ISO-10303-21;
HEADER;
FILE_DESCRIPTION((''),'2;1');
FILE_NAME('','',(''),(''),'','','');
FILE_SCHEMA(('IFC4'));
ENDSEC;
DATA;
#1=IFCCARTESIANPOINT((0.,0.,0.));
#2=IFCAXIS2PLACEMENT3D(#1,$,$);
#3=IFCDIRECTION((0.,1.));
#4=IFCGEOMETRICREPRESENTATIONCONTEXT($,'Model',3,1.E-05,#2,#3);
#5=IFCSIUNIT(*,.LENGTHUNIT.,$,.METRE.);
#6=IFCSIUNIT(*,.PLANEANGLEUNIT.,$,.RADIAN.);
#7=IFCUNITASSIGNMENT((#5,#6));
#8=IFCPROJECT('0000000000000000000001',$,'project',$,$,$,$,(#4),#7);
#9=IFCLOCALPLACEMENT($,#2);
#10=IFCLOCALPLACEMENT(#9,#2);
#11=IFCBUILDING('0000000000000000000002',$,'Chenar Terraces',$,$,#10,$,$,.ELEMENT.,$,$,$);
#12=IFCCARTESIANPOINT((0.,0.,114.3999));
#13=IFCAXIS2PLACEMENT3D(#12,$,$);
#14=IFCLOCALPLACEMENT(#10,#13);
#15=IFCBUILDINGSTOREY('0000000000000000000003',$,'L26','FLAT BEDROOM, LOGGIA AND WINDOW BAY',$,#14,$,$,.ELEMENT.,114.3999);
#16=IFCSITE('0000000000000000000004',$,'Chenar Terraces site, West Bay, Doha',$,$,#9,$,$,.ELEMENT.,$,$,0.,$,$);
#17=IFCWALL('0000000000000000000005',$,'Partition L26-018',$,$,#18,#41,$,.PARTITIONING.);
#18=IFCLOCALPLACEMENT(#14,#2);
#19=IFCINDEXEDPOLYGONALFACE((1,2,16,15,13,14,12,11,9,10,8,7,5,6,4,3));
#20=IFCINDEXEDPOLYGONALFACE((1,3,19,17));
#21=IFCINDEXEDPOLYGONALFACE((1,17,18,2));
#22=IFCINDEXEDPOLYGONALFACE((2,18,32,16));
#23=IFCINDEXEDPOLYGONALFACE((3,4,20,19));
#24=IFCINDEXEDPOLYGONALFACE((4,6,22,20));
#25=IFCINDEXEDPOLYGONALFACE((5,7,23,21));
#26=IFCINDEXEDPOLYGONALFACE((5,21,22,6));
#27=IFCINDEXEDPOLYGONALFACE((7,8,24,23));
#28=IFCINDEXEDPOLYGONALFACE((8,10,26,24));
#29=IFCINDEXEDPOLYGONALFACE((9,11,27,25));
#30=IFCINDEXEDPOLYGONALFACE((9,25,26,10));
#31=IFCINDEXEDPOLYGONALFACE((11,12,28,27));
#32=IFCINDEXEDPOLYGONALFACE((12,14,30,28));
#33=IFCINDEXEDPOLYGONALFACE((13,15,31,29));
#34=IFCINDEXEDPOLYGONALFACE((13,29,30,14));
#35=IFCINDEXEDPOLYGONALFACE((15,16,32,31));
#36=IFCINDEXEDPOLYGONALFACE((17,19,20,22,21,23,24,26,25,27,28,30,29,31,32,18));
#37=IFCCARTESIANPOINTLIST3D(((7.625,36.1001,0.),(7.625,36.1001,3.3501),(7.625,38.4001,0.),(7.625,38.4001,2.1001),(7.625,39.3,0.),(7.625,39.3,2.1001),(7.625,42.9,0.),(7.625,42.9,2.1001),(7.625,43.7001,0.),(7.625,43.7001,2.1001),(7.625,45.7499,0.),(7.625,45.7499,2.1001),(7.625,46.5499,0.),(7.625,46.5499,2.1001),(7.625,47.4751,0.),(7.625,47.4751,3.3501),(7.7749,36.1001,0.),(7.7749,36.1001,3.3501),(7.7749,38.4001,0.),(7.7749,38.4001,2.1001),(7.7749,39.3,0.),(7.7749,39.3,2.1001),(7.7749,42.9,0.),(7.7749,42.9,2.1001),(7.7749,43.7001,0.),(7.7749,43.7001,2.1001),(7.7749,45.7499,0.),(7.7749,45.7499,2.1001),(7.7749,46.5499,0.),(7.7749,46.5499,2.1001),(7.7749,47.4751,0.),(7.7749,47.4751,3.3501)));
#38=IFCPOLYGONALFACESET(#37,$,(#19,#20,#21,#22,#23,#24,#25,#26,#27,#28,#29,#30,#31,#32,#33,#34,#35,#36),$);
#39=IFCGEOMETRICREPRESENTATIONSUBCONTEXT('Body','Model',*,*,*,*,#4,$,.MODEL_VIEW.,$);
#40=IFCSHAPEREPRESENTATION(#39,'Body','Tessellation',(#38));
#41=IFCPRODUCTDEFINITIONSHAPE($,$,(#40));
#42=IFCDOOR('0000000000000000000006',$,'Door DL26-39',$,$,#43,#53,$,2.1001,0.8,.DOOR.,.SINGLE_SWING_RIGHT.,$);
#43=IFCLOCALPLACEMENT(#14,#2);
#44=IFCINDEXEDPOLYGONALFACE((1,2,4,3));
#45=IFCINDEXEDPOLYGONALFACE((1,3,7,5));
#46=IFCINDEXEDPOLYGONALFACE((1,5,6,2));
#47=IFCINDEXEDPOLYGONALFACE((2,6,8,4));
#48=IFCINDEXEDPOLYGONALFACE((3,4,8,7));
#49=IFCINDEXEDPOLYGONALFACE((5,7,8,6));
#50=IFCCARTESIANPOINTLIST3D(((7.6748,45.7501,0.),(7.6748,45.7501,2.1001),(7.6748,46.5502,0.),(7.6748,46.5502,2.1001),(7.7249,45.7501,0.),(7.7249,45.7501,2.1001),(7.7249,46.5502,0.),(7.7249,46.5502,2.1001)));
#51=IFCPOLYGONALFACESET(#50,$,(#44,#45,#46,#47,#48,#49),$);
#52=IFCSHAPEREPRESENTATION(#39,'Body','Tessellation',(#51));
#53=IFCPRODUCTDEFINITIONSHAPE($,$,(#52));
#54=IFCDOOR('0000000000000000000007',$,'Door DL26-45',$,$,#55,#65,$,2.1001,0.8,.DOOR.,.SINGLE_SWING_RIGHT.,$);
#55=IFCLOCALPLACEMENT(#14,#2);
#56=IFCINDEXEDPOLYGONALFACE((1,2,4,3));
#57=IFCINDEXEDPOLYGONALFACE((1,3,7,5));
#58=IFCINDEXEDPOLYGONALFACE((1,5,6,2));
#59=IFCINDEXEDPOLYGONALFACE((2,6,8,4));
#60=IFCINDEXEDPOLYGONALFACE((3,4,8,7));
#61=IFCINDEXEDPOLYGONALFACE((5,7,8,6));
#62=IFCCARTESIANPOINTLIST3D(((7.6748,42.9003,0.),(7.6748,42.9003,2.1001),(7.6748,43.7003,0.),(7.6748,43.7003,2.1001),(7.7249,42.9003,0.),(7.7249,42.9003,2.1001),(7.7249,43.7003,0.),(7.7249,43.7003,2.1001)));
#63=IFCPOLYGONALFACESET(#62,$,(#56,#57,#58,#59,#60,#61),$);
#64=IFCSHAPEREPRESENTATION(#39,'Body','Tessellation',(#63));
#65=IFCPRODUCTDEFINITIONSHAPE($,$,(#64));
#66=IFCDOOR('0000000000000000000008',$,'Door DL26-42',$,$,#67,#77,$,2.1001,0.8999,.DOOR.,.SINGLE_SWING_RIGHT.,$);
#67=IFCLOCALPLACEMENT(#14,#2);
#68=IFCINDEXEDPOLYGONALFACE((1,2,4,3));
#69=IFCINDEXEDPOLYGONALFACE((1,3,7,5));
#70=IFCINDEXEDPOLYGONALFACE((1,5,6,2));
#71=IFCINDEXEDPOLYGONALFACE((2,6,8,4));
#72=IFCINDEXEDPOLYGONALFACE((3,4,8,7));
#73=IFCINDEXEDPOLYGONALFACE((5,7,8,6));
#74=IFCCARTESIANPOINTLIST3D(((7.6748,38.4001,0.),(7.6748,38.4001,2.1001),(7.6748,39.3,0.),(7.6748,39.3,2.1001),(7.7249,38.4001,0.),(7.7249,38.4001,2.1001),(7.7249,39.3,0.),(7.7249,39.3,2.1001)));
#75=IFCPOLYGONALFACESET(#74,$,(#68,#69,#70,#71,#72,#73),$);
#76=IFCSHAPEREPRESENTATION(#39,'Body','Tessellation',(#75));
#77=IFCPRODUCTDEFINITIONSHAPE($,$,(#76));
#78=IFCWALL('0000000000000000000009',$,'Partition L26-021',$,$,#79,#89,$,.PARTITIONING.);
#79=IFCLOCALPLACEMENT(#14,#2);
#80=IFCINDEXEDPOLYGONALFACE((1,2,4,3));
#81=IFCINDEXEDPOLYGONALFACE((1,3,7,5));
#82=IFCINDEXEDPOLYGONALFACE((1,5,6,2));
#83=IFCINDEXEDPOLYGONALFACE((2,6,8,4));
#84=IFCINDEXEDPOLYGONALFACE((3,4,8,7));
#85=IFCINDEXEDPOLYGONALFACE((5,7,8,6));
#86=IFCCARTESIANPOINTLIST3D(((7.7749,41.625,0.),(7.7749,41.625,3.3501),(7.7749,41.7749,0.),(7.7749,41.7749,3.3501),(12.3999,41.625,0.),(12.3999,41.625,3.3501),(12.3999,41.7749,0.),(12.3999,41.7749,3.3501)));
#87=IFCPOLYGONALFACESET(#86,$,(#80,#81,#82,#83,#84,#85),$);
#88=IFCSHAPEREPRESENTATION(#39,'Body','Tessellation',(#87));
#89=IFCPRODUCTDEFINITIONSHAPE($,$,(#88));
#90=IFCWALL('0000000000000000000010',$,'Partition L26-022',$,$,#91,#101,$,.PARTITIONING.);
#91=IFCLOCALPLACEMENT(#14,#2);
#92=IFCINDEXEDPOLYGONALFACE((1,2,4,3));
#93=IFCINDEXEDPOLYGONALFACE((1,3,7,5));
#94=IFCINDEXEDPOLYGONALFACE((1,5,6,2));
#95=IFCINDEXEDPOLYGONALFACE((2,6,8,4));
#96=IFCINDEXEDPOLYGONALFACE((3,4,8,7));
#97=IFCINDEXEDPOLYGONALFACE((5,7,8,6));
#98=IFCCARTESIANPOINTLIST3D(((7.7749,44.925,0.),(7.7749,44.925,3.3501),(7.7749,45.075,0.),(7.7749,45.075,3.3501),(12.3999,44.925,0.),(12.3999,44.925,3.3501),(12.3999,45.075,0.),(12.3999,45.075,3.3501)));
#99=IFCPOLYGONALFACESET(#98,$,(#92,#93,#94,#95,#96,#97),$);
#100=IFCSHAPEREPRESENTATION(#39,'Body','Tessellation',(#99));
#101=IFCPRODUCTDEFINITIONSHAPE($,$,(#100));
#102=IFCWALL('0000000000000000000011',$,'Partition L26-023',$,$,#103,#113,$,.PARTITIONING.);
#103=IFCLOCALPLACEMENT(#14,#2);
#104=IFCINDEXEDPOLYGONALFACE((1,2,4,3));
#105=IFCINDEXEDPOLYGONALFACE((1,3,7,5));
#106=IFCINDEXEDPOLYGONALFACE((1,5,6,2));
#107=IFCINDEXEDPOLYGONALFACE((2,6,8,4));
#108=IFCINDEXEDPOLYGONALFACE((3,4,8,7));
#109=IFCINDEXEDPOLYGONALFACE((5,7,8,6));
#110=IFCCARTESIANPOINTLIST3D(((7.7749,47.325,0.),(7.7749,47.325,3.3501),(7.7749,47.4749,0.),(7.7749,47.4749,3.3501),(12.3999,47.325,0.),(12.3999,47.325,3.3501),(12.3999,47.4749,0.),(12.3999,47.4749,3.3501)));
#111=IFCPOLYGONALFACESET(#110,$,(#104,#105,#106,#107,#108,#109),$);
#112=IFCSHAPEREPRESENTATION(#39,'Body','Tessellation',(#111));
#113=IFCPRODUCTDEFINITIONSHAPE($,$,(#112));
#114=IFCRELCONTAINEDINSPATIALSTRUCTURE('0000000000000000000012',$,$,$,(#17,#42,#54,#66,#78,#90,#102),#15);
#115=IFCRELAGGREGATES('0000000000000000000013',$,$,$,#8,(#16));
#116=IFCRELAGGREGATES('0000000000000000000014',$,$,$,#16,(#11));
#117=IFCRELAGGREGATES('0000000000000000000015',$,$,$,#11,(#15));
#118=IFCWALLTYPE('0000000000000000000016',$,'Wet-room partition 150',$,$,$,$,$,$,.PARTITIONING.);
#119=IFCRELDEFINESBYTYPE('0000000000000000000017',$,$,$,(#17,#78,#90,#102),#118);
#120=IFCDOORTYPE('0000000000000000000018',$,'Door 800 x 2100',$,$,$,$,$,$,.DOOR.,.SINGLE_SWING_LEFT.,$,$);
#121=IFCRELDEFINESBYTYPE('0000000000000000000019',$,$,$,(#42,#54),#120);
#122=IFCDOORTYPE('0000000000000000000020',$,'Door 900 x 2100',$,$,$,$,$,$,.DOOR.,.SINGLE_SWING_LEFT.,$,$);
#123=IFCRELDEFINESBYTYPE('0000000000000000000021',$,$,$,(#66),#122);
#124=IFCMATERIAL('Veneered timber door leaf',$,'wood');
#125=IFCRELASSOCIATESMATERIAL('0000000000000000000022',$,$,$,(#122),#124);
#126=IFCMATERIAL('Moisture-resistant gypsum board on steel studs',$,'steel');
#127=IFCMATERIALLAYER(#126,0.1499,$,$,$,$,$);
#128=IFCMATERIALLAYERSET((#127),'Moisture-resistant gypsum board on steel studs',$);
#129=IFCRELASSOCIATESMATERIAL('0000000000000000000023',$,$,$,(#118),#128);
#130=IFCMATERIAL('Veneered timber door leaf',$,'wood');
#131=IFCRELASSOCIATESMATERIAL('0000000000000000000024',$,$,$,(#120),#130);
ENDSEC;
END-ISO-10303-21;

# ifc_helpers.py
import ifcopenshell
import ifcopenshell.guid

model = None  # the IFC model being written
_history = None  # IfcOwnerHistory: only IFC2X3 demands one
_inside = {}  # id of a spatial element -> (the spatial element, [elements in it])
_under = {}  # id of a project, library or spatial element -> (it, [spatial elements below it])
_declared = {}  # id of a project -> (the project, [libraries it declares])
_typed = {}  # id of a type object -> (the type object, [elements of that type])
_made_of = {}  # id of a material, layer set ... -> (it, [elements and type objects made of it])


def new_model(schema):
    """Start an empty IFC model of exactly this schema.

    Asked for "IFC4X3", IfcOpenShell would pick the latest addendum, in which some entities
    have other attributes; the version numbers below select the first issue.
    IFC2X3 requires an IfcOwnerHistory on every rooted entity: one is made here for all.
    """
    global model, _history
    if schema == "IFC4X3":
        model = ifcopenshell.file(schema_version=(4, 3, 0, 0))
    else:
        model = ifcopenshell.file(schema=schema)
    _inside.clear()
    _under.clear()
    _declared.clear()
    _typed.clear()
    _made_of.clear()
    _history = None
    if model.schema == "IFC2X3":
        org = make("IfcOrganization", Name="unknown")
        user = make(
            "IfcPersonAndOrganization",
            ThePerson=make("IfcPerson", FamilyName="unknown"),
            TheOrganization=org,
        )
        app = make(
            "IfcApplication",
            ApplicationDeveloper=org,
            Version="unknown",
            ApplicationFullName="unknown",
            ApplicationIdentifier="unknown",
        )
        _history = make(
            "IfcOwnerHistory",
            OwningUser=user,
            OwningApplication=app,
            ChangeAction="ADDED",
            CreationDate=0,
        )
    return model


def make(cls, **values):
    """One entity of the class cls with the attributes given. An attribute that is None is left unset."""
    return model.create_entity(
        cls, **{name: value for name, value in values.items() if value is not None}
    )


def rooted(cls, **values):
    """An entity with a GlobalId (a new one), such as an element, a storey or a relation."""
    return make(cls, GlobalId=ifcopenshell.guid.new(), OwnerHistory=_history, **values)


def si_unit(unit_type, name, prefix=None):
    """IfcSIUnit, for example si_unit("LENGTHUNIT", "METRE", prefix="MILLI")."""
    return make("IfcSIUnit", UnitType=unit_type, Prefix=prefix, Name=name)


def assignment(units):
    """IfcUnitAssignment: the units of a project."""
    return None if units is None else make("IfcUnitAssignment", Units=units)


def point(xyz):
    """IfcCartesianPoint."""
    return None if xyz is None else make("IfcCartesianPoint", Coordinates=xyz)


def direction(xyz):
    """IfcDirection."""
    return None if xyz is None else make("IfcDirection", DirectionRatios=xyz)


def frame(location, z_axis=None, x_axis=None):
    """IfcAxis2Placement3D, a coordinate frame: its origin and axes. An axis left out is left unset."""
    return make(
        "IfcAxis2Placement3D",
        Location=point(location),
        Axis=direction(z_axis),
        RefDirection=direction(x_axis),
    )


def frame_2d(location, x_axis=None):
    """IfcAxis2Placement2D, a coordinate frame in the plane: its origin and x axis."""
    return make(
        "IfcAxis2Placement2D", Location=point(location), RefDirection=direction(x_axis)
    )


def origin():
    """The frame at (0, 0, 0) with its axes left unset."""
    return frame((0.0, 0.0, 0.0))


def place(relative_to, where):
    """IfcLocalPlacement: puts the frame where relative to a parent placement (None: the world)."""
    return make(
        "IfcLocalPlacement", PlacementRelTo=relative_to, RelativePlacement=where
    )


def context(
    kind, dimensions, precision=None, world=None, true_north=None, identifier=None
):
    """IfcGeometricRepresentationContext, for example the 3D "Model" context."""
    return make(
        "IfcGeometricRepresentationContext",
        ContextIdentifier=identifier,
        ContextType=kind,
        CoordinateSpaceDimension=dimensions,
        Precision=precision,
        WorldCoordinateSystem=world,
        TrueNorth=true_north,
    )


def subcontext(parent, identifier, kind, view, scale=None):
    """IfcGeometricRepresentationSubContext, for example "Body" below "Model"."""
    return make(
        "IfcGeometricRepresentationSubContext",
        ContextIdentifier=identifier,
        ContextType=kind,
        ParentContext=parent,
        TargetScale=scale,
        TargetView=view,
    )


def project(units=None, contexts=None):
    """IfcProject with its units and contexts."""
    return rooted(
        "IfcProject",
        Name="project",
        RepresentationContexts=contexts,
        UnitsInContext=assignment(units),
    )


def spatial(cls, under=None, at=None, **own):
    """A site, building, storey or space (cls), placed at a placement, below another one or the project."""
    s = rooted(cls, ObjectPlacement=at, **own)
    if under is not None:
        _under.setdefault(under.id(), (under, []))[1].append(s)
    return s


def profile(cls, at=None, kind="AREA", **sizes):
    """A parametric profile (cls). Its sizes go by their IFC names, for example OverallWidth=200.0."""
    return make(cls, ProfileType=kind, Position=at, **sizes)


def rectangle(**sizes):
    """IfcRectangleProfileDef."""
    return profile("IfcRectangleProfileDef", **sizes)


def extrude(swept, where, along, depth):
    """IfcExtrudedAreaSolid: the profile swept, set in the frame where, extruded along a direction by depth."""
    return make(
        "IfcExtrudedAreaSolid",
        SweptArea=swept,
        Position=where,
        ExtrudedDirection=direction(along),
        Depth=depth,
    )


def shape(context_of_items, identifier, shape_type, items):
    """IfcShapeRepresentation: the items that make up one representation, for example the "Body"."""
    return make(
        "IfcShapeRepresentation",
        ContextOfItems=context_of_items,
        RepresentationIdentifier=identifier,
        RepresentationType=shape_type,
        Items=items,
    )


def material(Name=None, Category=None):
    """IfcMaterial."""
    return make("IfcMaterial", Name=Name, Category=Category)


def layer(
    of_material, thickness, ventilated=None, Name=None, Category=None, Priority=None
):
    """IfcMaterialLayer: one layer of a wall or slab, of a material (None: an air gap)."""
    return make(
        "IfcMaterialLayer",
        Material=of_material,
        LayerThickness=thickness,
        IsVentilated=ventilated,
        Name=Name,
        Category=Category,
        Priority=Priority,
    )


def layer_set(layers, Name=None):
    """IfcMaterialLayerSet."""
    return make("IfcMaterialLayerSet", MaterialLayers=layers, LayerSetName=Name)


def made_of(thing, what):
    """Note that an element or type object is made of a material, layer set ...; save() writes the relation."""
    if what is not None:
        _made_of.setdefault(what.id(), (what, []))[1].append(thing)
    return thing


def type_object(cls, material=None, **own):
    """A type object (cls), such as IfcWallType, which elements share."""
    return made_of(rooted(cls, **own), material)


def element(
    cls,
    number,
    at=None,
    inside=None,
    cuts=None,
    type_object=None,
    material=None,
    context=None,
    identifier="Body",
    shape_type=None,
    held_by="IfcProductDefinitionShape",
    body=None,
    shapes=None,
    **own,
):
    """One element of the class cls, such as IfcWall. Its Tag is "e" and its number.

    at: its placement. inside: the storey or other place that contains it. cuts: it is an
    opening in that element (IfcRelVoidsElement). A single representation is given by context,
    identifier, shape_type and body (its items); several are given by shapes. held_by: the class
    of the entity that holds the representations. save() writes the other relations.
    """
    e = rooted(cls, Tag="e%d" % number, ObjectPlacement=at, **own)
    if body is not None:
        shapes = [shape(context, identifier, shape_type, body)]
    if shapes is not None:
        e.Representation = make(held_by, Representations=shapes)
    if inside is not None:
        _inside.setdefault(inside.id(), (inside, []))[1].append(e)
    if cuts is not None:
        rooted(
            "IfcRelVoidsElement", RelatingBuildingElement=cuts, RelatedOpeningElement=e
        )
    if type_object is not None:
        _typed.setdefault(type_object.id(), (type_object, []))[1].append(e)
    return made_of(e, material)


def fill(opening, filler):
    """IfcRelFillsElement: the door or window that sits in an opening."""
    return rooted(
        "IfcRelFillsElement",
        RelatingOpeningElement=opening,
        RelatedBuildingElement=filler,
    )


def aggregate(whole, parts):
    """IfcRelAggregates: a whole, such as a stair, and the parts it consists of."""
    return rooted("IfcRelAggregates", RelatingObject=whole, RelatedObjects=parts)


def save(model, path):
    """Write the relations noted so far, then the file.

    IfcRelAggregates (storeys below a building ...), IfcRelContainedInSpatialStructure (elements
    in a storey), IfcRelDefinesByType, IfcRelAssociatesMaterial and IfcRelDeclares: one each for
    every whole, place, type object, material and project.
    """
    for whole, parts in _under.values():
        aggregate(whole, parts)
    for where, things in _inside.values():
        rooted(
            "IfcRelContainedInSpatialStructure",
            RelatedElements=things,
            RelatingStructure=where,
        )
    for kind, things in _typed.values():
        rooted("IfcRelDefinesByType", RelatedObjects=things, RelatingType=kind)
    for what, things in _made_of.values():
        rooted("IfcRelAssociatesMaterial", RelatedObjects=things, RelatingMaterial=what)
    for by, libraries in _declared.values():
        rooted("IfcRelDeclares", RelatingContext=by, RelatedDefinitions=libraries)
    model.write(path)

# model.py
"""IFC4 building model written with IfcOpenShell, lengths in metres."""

from ifc_helpers import new_model, si_unit, direction, frame, frame_2d, origin, place, context, subcontext, project, spatial, rectangle, extrude, material, layer, layer_set, type_object, element, fill, save


model = new_model("IFC4")

# Units and contexts
model_context = context("Model", 3, precision=1e-05, world=origin(), true_north=direction((0.0, 1.0)))
body_context = subcontext(model_context, "Body", "Model", "MODEL_VIEW")
ifc_project = project(units=[si_unit("LENGTHUNIT", "METRE"), si_unit("PLANEANGLEUNIT", "RADIAN")], contexts=[model_context])

# Site, building, storey
site_placement = place(None, origin())
site = spatial("IfcSite", under=ifc_project, at=site_placement, Name="Chenar Terraces site, West Bay, Doha", CompositionType="ELEMENT", RefElevation=0.0)
building_placement = place(site_placement, origin())
building = spatial("IfcBuilding", under=site, at=building_placement, Name="Chenar Terraces", CompositionType="ELEMENT")
storey_placement = place(building_placement, frame((0.0, 0.0, 114.3999)))
storey = spatial("IfcBuildingStorey", under=building, at=storey_placement, Name="L26", Description="FLAT BEDROOM, LOGGIA AND WINDOW BAY", CompositionType="ELEMENT", Elevation=114.3999)

# Shared definitions
ifc_material_1 = material(Name="Veneered timber door leaf", Category="wood")
door_type_1 = type_object("IfcDoorType", Name="Door 900 x 2100", OperationType="SINGLE_SWING_LEFT", PredefinedType="DOOR", material=ifc_material_1)

# Wall, openings, doors
ifc_material_2 = material(Name="Moisture-resistant gypsum board on steel studs", Category="steel")
ifc_layer_1 = layer(ifc_material_2, 0.1499)
ifc_layer_set_1 = layer_set([ifc_layer_1], Name="Moisture-resistant gypsum board on steel studs")
wall_type_1 = type_object("IfcWallType", Name="Wet-room partition 150", PredefinedType="PARTITIONING", material=ifc_layer_set_1)
wall_1_placement = place(storey_placement, frame((7.7, 36.1001, 0.0), z_axis=(0.0, 0.0, 1.0), x_axis=(0.0, 1.0, 0.0)))
wall_1 = element("IfcWall", 1, at=wall_1_placement, inside=storey, type_object=wall_type_1, Name="Partition L26-018", PredefinedType="PARTITIONING", context=body_context, shape_type="SweptSolid", body=[
    extrude(rectangle(XDim=11.375, YDim=0.1499, at=frame_2d((5.6875, 0.0))), origin(), (0.0, 0.0, 1.0), 3.3501),
])
opening_1_placement = place(wall_1_placement, frame((9.6499, 0.0, 0.0)))
opening_1 = element("IfcOpeningElement", 2, at=opening_1_placement, cuts=wall_1, PredefinedType="OPENING", context=body_context, shape_type="SweptSolid", body=[
    extrude(rectangle(XDim=0.8, YDim=2.1001, at=frame_2d((0.3999, 1.05))), frame((0.0, 0.085, 0.0), z_axis=(0.0, -1.0, 0.0), x_axis=(1.0, 0.0, 0.0)), (0.0, 0.0, 1.0), 0.1699),
])
opening_2_placement = place(wall_1_placement, frame((2.3, 0.0, 0.0)))
opening_2 = element("IfcOpeningElement", 3, at=opening_2_placement, cuts=wall_1, PredefinedType="OPENING", context=body_context, shape_type="SweptSolid", body=[
    extrude(rectangle(XDim=0.8999, YDim=2.1001, at=frame_2d((0.45, 1.05))), frame((0.0, 0.085, 0.0), z_axis=(0.0, -1.0, 0.0), x_axis=(1.0, 0.0, 0.0)), (0.0, 0.0, 1.0), 0.1699),
])
opening_3_placement = place(wall_1_placement, frame((6.8, 0.0, 0.0)))
opening_3 = element("IfcOpeningElement", 4, at=opening_3_placement, cuts=wall_1, PredefinedType="OPENING", context=body_context, shape_type="SweptSolid", body=[
    extrude(rectangle(XDim=0.8, YDim=2.1001, at=frame_2d((0.3999, 1.05))), frame((0.0, 0.085, 0.0), z_axis=(0.0, -1.0, 0.0), x_axis=(1.0, 0.0, 0.0)), (0.0, 0.0, 1.0), 0.1699),
])
ifc_material_3 = material(Name="Veneered timber door leaf", Category="wood")
door_type_2 = type_object("IfcDoorType", Name="Door 800 x 2100", OperationType="SINGLE_SWING_LEFT", PredefinedType="DOOR", material=ifc_material_3)
door_1_placement = place(opening_1_placement, frame((0.8, 0.0, 0.0), z_axis=(0.0, 0.0, 1.0), x_axis=(-1.0, 0.0, 0.0)))
door_1 = element("IfcDoor", 5, at=door_1_placement, inside=storey, type_object=door_type_2, Name="Door DL26-39", OperationType="SINGLE_SWING_RIGHT", OverallHeight=2.1001, OverallWidth=0.8, PredefinedType="DOOR", context=body_context, shape_type="SweptSolid", body=[
    extrude(rectangle(XDim=0.8, YDim=2.1001, at=frame_2d((0.3999, 1.05))), frame((0.0, 0.0249, 0.0), z_axis=(0.0, -1.0, 0.0), x_axis=(1.0, 0.0, 0.0)), (0.0, 0.0, 1.0), 0.05),
])
fill(opening_1, door_1)
door_2_placement = place(opening_3_placement, frame((0.8, 0.0, 0.0), z_axis=(0.0, 0.0, 1.0), x_axis=(-1.0, 0.0, 0.0)))
door_2 = element("IfcDoor", 6, at=door_2_placement, inside=storey, type_object=door_type_2, Name="Door DL26-45", OperationType="SINGLE_SWING_RIGHT", OverallHeight=2.1001, OverallWidth=0.8, PredefinedType="DOOR", context=body_context, shape_type="SweptSolid", body=[
    extrude(rectangle(XDim=0.8, YDim=2.1001, at=frame_2d((0.3999, 1.05))), frame((0.0, 0.0249, 0.0), z_axis=(0.0, -1.0, 0.0), x_axis=(1.0, 0.0, 0.0)), (0.0, 0.0, 1.0), 0.05),
])
fill(opening_3, door_2)
door_3_placement = place(opening_2_placement, frame((0.8999, 0.0, 0.0), z_axis=(0.0, 0.0, 1.0), x_axis=(-1.0, 0.0, 0.0)))
door_3 = element("IfcDoor", 7, at=door_3_placement, inside=storey, type_object=door_type_1, Name="Door DL26-42", OperationType="SINGLE_SWING_RIGHT", OverallHeight=2.1001, OverallWidth=0.8999, PredefinedType="DOOR", context=body_context, shape_type="SweptSolid", body=[
    extrude(rectangle(XDim=0.8999, YDim=2.1001, at=frame_2d((0.45, 1.05))), frame((0.0, 0.0249, 0.0), z_axis=(0.0, -1.0, 0.0), x_axis=(1.0, 0.0, 0.0)), (0.0, 0.0, 1.0), 0.05),
])
fill(opening_2, door_3)

# Walls
for number, where, z_axis, x_axis, name in (
    (8, (7.7749, 41.7, 0.0), (0.0, 0.0, 1.0), (1.0, 0.0, 0.0), "Partition L26-021"),
    (9, (7.7749, 45.0, 0.0), (0.0, 0.0, 1.0), (1.0, 0.0, 0.0), "Partition L26-022"),
    (10, (7.7749, 47.3999, 0.0), (0.0, 0.0, 1.0), (1.0, 0.0, 0.0), "Partition L26-023"),
):
    element("IfcWall", number, at=place(storey_placement, frame(where, z_axis=z_axis, x_axis=x_axis)), inside=storey, type_object=wall_type_1, Name=name, PredefinedType="PARTITIONING", context=body_context, shape_type="SweptSolid", body=[
        extrude(rectangle(XDim=4.625, YDim=0.1499, at=frame_2d((2.3125, 0.0))), origin(), (0.0, 0.0, 1.0), 3.3501),
    ])

save(model, "model.ifc")
